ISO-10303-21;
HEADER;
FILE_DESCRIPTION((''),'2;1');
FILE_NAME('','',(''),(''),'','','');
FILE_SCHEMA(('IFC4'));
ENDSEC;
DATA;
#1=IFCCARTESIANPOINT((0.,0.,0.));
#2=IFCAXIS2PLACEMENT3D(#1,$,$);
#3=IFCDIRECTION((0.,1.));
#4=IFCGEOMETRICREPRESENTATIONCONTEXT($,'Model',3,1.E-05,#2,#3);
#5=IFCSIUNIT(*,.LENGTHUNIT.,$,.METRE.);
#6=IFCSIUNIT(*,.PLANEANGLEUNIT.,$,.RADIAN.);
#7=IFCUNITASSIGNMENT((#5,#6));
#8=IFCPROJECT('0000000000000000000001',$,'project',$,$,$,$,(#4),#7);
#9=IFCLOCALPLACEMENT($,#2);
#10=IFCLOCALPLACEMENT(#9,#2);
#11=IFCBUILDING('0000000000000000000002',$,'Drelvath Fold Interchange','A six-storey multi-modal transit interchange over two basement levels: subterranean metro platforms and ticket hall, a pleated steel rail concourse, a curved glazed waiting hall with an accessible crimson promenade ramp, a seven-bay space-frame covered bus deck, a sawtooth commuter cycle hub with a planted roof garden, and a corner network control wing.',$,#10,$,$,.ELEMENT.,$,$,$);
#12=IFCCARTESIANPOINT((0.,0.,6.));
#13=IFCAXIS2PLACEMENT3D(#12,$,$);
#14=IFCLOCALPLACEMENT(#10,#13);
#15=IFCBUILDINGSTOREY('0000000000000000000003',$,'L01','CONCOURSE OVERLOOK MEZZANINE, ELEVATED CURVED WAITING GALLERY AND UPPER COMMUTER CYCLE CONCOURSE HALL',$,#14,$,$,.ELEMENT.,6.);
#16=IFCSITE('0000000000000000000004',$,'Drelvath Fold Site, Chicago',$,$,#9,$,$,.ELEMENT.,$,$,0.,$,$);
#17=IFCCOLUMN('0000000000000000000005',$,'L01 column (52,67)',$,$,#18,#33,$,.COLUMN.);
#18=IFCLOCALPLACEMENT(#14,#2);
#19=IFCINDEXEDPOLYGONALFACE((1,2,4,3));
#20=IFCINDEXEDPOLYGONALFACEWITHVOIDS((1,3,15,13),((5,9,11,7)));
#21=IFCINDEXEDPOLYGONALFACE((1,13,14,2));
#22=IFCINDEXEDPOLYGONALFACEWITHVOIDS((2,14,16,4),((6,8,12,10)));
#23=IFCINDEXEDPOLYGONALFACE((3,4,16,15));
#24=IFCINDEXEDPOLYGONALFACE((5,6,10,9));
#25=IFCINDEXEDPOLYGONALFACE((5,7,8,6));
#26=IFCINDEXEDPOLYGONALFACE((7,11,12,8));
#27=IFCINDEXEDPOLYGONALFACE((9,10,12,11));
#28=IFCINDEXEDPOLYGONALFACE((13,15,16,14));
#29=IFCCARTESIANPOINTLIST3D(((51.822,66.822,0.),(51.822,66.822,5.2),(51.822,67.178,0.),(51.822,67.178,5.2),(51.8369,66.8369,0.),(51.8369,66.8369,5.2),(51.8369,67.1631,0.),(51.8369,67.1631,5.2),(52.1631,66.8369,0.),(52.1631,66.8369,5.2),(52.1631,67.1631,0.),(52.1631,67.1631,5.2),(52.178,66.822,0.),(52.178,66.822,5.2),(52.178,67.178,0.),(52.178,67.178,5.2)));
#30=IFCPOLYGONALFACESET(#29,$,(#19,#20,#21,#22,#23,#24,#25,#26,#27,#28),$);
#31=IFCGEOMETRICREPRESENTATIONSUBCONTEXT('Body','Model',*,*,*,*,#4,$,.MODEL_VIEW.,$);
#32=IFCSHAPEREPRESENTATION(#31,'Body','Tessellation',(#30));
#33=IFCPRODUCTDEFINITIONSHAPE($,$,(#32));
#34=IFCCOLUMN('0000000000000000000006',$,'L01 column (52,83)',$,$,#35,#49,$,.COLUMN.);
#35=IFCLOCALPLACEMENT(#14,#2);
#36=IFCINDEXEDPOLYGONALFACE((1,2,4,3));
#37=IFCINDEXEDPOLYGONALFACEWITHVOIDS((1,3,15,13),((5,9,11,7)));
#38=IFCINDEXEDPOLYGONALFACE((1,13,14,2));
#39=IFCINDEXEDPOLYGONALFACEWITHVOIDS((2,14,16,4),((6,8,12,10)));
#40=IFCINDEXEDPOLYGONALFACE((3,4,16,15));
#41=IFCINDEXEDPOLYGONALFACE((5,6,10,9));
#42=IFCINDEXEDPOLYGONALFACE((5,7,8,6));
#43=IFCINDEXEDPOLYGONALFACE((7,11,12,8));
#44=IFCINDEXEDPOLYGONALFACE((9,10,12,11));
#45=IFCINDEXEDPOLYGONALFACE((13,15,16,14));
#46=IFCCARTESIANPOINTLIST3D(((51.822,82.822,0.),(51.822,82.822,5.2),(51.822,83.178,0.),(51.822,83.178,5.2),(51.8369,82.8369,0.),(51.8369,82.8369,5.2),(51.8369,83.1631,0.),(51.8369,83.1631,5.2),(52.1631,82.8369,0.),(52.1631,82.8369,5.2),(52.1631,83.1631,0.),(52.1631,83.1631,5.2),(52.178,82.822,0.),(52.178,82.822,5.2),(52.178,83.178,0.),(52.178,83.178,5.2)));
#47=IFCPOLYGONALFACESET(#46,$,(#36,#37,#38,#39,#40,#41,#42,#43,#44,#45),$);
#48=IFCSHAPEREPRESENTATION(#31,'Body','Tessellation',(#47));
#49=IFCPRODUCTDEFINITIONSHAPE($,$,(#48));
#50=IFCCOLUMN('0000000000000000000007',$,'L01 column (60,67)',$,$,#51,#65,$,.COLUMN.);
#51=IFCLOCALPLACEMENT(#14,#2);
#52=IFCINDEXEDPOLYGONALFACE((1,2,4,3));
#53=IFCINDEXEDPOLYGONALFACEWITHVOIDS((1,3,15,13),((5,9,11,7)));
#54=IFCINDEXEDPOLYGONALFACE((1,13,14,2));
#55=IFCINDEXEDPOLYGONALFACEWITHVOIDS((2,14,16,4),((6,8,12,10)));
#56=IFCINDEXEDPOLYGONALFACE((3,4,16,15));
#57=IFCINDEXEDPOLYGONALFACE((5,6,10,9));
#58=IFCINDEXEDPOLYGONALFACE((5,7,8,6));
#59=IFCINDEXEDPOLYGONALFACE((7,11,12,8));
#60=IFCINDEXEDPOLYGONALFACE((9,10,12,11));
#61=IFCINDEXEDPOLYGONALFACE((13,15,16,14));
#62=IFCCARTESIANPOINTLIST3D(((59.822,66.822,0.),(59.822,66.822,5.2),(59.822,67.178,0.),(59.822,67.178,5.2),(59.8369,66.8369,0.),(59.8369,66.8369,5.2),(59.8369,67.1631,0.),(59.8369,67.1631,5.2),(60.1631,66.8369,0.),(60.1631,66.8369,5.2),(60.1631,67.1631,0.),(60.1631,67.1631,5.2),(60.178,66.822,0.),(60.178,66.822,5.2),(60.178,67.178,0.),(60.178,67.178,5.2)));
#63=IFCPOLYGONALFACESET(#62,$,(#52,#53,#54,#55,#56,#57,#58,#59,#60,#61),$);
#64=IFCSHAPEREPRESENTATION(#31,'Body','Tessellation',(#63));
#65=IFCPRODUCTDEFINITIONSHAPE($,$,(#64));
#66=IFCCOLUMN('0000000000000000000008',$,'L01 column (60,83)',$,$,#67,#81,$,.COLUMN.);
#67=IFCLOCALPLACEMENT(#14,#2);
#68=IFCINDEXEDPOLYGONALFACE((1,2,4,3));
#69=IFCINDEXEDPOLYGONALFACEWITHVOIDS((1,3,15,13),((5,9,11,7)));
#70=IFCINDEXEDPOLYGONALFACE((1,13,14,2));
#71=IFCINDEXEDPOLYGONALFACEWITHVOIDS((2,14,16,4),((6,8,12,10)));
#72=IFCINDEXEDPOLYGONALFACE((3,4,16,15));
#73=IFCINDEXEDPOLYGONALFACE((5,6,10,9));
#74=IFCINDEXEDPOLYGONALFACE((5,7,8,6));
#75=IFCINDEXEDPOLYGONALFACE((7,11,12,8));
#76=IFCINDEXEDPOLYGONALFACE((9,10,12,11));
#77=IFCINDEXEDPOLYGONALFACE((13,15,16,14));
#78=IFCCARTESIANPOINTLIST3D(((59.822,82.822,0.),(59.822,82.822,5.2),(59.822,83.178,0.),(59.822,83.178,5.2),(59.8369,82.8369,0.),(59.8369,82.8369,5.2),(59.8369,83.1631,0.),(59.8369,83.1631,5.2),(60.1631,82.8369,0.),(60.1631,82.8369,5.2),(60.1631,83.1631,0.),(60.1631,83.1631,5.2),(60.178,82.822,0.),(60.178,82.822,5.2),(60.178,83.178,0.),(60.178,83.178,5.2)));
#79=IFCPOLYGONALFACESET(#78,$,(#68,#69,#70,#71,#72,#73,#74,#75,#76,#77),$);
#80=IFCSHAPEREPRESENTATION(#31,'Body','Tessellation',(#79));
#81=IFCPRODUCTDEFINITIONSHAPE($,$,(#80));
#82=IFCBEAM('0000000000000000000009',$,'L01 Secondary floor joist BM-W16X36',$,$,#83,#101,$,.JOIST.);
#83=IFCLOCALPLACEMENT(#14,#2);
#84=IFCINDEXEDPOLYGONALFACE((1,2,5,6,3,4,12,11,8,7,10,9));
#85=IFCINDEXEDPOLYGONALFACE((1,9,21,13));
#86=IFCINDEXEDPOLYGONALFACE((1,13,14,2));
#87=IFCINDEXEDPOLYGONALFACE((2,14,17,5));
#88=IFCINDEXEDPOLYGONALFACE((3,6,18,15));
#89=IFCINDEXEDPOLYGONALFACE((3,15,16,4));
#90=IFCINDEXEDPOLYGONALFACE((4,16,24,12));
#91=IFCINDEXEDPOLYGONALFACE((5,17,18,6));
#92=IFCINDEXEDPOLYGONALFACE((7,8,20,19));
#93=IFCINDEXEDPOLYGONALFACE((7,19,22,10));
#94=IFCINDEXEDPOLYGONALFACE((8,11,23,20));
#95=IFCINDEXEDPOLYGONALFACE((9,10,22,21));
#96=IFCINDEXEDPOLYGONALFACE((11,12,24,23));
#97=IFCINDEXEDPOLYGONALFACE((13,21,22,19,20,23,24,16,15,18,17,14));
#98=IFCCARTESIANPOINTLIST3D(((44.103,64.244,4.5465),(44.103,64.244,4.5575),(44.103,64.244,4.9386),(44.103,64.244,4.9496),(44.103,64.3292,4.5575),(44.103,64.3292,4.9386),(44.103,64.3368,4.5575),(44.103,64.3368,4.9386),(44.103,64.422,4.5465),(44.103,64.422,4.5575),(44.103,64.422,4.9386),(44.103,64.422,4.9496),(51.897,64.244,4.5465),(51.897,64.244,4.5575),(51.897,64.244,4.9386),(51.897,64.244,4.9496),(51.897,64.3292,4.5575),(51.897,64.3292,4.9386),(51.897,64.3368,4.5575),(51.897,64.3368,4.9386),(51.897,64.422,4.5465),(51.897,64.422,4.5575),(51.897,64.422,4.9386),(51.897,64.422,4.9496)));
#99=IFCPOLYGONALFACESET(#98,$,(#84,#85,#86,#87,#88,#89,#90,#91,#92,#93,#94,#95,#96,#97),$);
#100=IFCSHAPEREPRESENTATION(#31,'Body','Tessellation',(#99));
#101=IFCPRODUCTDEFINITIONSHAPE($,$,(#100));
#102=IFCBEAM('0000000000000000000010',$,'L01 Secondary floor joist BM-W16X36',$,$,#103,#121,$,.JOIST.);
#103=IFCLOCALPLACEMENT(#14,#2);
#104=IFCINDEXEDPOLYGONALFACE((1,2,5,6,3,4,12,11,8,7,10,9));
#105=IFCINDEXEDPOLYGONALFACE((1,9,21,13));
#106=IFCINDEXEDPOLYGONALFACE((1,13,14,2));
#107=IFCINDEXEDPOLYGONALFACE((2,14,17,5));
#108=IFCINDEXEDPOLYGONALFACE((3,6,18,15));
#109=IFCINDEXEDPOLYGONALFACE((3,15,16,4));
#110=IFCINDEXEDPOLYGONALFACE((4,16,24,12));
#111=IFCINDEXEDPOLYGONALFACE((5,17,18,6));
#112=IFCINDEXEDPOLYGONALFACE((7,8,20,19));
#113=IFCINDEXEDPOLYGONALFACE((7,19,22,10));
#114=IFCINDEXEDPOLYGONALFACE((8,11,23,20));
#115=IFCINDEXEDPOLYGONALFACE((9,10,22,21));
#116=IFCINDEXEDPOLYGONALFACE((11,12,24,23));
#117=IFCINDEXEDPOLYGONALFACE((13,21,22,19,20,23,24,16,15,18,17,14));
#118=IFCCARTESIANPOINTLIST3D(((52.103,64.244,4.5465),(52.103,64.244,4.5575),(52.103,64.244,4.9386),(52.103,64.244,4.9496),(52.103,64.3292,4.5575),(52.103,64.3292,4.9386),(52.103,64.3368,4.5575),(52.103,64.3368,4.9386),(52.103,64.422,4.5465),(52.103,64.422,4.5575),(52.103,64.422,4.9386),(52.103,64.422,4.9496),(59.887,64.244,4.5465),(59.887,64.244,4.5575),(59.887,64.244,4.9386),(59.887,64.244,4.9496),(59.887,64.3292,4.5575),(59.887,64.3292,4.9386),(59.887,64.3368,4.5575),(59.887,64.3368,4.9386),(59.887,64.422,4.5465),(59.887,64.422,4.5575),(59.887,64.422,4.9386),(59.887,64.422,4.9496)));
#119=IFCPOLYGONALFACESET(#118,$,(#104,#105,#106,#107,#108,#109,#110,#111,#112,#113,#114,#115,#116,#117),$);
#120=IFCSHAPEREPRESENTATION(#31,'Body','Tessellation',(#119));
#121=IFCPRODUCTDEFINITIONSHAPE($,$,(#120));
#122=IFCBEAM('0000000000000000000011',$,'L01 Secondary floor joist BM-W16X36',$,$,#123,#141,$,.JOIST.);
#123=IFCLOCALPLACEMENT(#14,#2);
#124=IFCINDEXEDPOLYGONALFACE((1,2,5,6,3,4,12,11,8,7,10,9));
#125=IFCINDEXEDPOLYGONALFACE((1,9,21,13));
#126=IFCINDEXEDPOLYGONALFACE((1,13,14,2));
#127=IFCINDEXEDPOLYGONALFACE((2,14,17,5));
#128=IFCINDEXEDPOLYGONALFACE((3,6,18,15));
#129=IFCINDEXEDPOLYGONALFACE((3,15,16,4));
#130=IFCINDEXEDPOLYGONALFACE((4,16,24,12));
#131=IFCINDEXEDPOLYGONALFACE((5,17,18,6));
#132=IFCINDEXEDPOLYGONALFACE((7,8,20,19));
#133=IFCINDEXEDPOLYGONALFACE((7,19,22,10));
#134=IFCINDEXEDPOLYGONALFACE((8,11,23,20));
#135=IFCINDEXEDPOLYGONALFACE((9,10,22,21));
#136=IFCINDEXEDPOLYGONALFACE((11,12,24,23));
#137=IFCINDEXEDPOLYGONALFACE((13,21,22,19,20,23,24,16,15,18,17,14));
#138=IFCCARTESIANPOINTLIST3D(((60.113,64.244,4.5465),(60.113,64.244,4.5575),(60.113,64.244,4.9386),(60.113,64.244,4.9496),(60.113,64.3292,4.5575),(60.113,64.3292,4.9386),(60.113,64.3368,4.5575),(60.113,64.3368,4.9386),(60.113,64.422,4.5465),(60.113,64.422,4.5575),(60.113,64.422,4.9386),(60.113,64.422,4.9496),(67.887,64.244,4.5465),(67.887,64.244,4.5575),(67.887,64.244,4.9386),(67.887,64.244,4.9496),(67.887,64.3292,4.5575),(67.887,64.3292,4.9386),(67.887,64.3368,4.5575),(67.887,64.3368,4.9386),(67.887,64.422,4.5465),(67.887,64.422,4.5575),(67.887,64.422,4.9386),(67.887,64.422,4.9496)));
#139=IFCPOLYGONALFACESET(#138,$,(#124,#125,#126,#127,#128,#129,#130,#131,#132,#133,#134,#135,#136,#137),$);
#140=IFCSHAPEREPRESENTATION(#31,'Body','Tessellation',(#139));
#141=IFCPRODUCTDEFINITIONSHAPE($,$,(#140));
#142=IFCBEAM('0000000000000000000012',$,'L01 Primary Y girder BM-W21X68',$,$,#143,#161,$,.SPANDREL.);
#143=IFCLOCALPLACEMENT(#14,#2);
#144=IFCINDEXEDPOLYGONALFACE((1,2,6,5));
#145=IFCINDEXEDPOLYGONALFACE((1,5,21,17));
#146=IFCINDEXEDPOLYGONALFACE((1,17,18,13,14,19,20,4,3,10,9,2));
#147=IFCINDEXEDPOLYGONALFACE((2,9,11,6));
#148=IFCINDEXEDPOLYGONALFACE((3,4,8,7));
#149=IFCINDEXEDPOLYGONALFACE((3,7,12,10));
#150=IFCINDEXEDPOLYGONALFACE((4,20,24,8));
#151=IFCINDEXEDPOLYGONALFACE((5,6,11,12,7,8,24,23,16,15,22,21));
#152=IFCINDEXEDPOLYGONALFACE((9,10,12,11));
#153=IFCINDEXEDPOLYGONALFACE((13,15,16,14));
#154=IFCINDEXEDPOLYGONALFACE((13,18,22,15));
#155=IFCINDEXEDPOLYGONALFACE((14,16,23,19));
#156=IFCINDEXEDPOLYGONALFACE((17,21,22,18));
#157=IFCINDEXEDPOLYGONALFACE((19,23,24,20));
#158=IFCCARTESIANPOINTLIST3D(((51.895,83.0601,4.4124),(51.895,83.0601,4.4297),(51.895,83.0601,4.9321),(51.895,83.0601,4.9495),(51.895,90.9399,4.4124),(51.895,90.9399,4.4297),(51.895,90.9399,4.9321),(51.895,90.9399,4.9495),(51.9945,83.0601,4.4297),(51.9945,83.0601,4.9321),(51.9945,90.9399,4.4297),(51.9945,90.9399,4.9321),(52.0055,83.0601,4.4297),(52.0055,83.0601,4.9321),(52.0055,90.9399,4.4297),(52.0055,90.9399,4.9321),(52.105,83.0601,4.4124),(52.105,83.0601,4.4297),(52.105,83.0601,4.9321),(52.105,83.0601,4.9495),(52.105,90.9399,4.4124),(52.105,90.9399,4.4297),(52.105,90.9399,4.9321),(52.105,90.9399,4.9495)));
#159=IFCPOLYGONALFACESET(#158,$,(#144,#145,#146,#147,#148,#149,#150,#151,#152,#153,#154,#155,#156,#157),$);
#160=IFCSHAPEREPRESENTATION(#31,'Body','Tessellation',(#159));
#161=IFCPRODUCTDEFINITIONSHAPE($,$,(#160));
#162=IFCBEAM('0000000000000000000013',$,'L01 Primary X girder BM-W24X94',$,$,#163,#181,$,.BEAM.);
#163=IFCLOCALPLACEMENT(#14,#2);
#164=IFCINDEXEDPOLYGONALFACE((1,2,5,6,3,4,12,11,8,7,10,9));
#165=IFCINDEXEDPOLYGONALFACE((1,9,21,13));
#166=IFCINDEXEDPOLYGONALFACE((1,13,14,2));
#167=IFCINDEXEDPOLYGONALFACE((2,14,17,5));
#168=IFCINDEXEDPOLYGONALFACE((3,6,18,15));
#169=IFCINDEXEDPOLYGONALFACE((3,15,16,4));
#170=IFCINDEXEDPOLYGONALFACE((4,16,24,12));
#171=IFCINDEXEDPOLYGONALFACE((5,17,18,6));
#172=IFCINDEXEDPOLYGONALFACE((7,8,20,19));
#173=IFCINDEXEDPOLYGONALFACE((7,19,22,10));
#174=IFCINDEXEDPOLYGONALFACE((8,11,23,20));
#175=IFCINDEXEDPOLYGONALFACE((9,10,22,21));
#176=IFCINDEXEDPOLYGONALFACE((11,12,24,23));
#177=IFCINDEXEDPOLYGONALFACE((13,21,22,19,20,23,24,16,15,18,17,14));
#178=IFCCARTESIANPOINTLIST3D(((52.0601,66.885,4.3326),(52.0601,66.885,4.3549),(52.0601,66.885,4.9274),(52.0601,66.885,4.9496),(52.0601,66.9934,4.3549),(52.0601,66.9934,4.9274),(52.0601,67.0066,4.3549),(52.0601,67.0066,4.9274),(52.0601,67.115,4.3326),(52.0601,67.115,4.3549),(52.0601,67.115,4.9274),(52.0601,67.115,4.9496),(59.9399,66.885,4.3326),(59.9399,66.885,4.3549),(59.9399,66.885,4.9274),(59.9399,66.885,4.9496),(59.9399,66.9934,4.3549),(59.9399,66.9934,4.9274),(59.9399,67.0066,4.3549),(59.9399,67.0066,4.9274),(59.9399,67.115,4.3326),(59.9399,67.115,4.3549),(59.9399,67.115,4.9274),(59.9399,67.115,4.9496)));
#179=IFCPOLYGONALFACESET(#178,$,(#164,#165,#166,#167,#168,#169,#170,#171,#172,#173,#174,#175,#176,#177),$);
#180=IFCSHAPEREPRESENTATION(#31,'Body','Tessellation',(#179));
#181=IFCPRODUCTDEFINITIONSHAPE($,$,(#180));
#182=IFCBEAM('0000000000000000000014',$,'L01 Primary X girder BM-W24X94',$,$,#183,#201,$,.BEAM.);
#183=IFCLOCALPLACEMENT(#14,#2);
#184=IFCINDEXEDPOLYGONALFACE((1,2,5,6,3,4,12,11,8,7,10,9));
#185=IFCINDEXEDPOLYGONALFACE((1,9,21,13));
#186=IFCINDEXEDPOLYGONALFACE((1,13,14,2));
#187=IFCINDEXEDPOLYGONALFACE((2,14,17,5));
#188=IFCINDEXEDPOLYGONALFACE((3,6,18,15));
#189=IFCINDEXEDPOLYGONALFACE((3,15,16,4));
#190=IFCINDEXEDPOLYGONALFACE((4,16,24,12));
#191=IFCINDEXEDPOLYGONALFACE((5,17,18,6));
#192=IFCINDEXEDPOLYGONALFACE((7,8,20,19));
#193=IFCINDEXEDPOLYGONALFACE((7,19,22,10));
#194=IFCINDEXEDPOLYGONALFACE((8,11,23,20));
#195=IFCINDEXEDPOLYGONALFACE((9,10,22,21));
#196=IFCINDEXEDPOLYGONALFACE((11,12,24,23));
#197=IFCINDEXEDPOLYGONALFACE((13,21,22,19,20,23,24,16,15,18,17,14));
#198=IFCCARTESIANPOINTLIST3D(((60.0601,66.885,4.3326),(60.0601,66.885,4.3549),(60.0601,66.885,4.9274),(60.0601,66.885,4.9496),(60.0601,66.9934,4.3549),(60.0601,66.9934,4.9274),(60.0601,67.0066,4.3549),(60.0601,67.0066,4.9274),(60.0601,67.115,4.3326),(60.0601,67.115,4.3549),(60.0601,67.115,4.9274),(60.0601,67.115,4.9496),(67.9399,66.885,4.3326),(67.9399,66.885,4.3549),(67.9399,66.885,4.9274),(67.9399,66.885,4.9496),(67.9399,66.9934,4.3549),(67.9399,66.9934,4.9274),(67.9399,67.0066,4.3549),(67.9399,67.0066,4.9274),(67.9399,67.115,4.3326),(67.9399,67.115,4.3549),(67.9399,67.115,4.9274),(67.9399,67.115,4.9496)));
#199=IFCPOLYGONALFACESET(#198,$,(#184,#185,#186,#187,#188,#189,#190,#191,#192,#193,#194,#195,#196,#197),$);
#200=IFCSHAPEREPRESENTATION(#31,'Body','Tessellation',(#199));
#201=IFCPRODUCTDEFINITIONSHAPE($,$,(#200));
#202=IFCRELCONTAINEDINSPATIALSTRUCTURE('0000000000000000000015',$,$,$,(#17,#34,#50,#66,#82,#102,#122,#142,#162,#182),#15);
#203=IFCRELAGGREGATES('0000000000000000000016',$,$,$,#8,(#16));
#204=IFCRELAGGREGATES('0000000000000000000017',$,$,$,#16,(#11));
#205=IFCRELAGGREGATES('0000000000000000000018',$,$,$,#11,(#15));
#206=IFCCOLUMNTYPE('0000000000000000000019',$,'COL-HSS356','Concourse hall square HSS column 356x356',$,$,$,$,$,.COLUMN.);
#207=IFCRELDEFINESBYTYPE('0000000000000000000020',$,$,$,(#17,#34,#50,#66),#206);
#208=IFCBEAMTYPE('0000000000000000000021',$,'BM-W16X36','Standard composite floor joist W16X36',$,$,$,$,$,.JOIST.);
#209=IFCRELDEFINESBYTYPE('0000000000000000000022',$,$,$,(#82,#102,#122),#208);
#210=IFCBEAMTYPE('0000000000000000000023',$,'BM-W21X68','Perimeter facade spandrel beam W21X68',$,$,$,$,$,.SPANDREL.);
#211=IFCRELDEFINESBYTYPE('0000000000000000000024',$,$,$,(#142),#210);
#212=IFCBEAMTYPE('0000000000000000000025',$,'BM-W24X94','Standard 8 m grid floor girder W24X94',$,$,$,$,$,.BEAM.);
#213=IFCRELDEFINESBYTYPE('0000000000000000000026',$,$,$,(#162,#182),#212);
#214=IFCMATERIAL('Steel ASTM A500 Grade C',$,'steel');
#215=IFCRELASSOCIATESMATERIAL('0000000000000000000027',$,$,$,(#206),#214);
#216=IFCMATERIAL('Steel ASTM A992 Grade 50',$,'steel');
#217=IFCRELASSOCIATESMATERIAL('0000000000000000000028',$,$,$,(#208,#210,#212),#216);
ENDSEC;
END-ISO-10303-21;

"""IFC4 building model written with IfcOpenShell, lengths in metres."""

from ifc_helpers import new_model, si_unit, direction, frame, origin, origin_2d, place, context, subcontext, project, spatial, hollow_rectangle, i_section, extrude, material, material_profile, profile_set, type_object, element, save


model = new_model("IFC4")

# Units and contexts
model_context = context("Model", 3, precision=1e-05, world=origin(), true_north=direction((0.0, 1.0)))
body_context = subcontext(model_context, "Body", "Model", "MODEL_VIEW")
ifc_project = project(units=[si_unit("LENGTHUNIT", "METRE"), si_unit("PLANEANGLEUNIT", "RADIAN")], contexts=[model_context])

# Site, building, storey
site_placement = place(None, origin())
site = spatial("IfcSite", under=ifc_project, at=site_placement, Name="Drelvath Fold Site, Chicago", CompositionType="ELEMENT", RefElevation=0.0)
building_placement = place(site_placement, origin())
building = spatial("IfcBuilding", under=site, at=building_placement, Name="Drelvath Fold Interchange", Description="A six-storey multi-modal transit interchange over two basement levels: subterranean metro platforms and ticket hall, a pleated steel rail concourse, a curved glazed waiting hall with an accessible crimson promenade ramp, a seven-bay space-frame covered bus deck, a sawtooth commuter cycle hub with a planted roof garden, and a corner network control wing.", CompositionType="ELEMENT")
storey_placement = place(building_placement, frame((0.0, 0.0, 6.0)))
storey = spatial("IfcBuildingStorey", under=building, at=storey_placement, Name="L01", Description="CONCOURSE OVERLOOK MEZZANINE, ELEVATED CURVED WAITING GALLERY AND UPPER COMMUTER CYCLE CONCOURSE HALL", CompositionType="ELEMENT", Elevation=6.0)

# Columns
ifc_material_1 = material(Name="Steel ASTM A500 Grade C", Category="steel")
ifc_material_profile_1 = material_profile(ifc_material_1, hollow_rectangle(XDim=0.356, YDim=0.356, WallThickness=0.0149, at=origin_2d()), Name="HSS14X14X5/8")
ifc_profile_set_1 = profile_set([ifc_material_profile_1], Name="Steel ASTM A500 Grade C")
column_type = type_object("IfcColumnType", Name="COL-HSS356", Description="Concourse hall square HSS column 356x356", PredefinedType="COLUMN", material=ifc_profile_set_1)
for number, where, z_axis, x_axis, name in (
    (1, (52.0, 67.0, 0.0), (0.0, 0.0, 1.0), (1.0, 0.0, 0.0), "L01 column (52,67)"),
    (2, (52.0, 83.0, 0.0), (0.0, 0.0, 1.0), (1.0, 0.0, 0.0), "L01 column (52,83)"),
    (3, (60.0, 67.0, 0.0), (0.0, 0.0, 1.0), (1.0, 0.0, 0.0), "L01 column (60,67)"),
    (4, (60.0, 83.0, 0.0), (0.0, 0.0, 1.0), (1.0, 0.0, 0.0), "L01 column (60,83)"),
):
    element("IfcColumn", number, at=place(storey_placement, frame(where, z_axis=z_axis, x_axis=x_axis)), inside=storey, type_object=column_type, Name=name, PredefinedType="COLUMN", context=body_context, shape_type="SweptSolid", body=[
        extrude(hollow_rectangle(XDim=0.356, YDim=0.356, WallThickness=0.0149, at=origin_2d()), origin(), (0.0, 0.0, 1.0), 5.2),
    ])

# Beams
ifc_material_2 = material(Name="Steel ASTM A992 Grade 50", Category="steel")
ifc_material_profile_2 = material_profile(ifc_material_2, i_section(OverallWidth=0.178, OverallDepth=0.4031, WebThickness=0.0076, FlangeThickness=0.011, at=origin_2d()), Name="W16X36")
ifc_profile_set_2 = profile_set([ifc_material_profile_2], Name="Steel ASTM A992 Grade 50")
beam_type_1 = type_object("IfcBeamType", Name="BM-W16X36", Description="Standard composite floor joist W16X36", PredefinedType="JOIST", material=ifc_profile_set_2)
beam_1_placement = place(storey_placement, frame((44.103, 64.333, 4.748), z_axis=(1.0, 0.0, 0.0), x_axis=(0.0, 1.0, 0.0)))
element("IfcBeam", 5, at=beam_1_placement, inside=storey, type_object=beam_type_1, Name="L01 Secondary floor joist BM-W16X36", PredefinedType="JOIST", context=body_context, shape_type="SweptSolid", body=[
    extrude(i_section(OverallWidth=0.178, OverallDepth=0.4031, WebThickness=0.0076, FlangeThickness=0.011, at=origin_2d()), origin(), (0.0, 0.0, 1.0), 7.7939),
])
beam_2_placement = place(storey_placement, frame((52.103, 64.333, 4.748), z_axis=(1.0, 0.0, 0.0), x_axis=(0.0, 1.0, 0.0)))
element("IfcBeam", 6, at=beam_2_placement, inside=storey, type_object=beam_type_1, Name="L01 Secondary floor joist BM-W16X36", PredefinedType="JOIST", context=body_context, shape_type="SweptSolid", body=[
    extrude(i_section(OverallWidth=0.178, OverallDepth=0.4031, WebThickness=0.0076, FlangeThickness=0.011, at=origin_2d()), origin(), (0.0, 0.0, 1.0), 7.7839),
])
beam_3_placement = place(storey_placement, frame((60.113, 64.333, 4.748), z_axis=(1.0, 0.0, 0.0), x_axis=(0.0, 1.0, 0.0)))
element("IfcBeam", 7, at=beam_3_placement, inside=storey, type_object=beam_type_1, Name="L01 Secondary floor joist BM-W16X36", PredefinedType="JOIST", context=body_context, shape_type="SweptSolid", body=[
    extrude(i_section(OverallWidth=0.178, OverallDepth=0.4031, WebThickness=0.0076, FlangeThickness=0.011, at=origin_2d()), origin(), (0.0, 0.0, 1.0), 7.7739),
])
ifc_material_profile_3 = material_profile(ifc_material_2, i_section(OverallWidth=0.21, OverallDepth=0.5371, WebThickness=0.011, FlangeThickness=0.0173, at=origin_2d()), Name="W21X68")
ifc_profile_set_3 = profile_set([ifc_material_profile_3], Name="Steel ASTM A992 Grade 50")
beam_type_2 = type_object("IfcBeamType", Name="BM-W21X68", Description="Perimeter facade spandrel beam W21X68", PredefinedType="SPANDREL", material=ifc_profile_set_3)
beam_4_placement = place(storey_placement, frame((52.0, 83.0601, 4.6809), z_axis=(0.0, 1.0, 0.0), x_axis=(-1.0, 0.0, 0.0)))
element("IfcBeam", 8, at=beam_4_placement, inside=storey, type_object=beam_type_2, Name="L01 Primary Y girder BM-W21X68", PredefinedType="SPANDREL", context=body_context, shape_type="SweptSolid", body=[
    extrude(i_section(OverallWidth=0.21, OverallDepth=0.5371, WebThickness=0.011, FlangeThickness=0.0173, at=origin_2d()), origin(), (0.0, 0.0, 1.0), 7.8799),
])
ifc_material_profile_4 = material_profile(ifc_material_2, i_section(OverallWidth=0.23, OverallDepth=0.6169, WebThickness=0.0132, FlangeThickness=0.0222, at=origin_2d()), Name="W24X94")
ifc_profile_set_4 = profile_set([ifc_material_profile_4], Name="Steel ASTM A992 Grade 50")
beam_type_3 = type_object("IfcBeamType", Name="BM-W24X94", Description="Standard 8 m grid floor girder W24X94", PredefinedType="BEAM", material=ifc_profile_set_4)
for number, where, z_axis, x_axis, name in (
    (9, (52.0601, 67.0, 4.6411), (1.0, 0.0, 0.0), (0.0, 1.0, 0.0), "L01 Primary X girder BM-W24X94"),
    (10, (60.0601, 67.0, 4.6411), (1.0, 0.0, 0.0), (0.0, 1.0, 0.0), "L01 Primary X girder BM-W24X94"),
):
    element("IfcBeam", number, at=place(storey_placement, frame(where, z_axis=z_axis, x_axis=x_axis)), inside=storey, type_object=beam_type_3, Name=name, PredefinedType="BEAM", context=body_context, shape_type="SweptSolid", body=[
        extrude(i_section(OverallWidth=0.23, OverallDepth=0.6169, WebThickness=0.0132, FlangeThickness=0.0222, at=origin_2d()), origin(), (0.0, 0.0, 1.0), 7.8799),
    ])

save(model, "model.ifc")
